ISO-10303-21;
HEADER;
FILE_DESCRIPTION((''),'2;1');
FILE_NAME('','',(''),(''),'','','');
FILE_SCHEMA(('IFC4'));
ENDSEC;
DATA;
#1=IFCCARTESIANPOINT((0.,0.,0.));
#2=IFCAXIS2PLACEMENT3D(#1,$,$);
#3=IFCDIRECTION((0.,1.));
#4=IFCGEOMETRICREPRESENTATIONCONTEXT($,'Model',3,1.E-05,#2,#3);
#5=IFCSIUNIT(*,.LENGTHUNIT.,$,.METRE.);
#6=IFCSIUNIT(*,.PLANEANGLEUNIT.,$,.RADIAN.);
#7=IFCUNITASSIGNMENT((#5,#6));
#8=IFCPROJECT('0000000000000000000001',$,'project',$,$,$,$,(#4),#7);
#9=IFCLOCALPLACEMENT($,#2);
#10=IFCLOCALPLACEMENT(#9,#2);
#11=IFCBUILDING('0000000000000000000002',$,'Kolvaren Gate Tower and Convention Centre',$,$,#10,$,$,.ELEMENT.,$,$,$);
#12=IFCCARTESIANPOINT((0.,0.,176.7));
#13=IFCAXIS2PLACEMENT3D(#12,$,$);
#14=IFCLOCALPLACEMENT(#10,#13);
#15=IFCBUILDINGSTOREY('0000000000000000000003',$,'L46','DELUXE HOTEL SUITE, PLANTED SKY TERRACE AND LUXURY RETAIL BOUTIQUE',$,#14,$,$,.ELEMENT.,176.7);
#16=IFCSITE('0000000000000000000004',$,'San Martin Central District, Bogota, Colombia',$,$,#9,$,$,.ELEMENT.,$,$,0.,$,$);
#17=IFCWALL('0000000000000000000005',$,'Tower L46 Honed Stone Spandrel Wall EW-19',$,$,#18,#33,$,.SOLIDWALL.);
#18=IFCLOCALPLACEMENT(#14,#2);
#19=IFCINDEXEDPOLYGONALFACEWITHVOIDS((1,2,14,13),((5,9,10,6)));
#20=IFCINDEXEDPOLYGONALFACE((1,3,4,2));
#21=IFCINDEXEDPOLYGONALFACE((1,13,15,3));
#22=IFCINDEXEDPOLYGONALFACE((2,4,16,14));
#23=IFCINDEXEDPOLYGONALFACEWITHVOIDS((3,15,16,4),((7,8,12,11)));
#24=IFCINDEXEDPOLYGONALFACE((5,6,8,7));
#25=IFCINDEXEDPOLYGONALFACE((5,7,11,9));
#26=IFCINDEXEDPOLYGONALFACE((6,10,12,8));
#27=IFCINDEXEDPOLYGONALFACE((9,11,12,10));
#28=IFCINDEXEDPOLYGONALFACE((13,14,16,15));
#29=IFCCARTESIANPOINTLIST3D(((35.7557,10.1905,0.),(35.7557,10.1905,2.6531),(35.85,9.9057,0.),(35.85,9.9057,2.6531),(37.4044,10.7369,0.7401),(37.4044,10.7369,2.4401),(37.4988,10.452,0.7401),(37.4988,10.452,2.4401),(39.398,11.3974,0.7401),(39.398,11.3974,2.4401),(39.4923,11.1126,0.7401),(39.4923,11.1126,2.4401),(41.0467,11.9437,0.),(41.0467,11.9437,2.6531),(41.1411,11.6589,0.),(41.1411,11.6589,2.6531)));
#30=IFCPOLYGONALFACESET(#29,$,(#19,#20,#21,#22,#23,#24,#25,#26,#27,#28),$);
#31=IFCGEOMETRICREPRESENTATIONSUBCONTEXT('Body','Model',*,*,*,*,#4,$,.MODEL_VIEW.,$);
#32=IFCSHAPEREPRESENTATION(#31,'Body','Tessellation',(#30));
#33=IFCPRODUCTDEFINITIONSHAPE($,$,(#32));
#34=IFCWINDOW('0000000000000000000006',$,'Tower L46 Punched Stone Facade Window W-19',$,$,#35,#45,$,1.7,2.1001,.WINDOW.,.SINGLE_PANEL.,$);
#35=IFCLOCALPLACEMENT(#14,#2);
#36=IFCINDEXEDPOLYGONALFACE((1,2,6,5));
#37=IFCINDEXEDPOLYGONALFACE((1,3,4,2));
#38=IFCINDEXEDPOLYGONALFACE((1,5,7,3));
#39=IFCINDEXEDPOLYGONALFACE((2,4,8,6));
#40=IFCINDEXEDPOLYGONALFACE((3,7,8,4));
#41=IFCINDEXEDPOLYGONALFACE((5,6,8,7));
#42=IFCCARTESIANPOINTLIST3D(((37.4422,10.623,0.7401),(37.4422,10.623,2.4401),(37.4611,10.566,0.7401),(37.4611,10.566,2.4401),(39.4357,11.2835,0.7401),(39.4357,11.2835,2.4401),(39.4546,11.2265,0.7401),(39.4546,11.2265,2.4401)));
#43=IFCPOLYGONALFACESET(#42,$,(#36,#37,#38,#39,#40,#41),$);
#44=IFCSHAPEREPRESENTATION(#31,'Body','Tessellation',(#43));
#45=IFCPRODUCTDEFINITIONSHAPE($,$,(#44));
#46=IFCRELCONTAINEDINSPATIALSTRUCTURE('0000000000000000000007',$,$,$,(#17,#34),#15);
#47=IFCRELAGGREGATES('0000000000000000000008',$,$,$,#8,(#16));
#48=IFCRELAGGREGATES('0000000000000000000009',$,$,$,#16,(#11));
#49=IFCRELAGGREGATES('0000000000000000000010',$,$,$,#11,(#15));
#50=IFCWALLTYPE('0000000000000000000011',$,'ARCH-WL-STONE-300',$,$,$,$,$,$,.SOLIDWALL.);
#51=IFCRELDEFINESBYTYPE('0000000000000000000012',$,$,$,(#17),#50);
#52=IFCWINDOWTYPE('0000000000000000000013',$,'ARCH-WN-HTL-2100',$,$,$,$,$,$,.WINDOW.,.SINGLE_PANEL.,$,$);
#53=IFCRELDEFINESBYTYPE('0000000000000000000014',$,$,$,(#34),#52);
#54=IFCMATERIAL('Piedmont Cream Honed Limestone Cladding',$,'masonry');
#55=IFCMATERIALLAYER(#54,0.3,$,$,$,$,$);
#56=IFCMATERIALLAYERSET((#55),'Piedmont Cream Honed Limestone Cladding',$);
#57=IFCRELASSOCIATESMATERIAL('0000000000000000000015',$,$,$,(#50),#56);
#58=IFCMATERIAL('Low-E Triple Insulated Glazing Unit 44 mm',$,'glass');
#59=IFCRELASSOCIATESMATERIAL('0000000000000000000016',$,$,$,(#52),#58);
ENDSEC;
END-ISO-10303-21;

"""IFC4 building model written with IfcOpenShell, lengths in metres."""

from ifc_helpers import new_model, si_unit, direction, frame, frame_2d, origin, place, context, subcontext, project, spatial, rectangle, extrude, material, layer, layer_set, type_object, element, fill, save


model = new_model("IFC4")

# Units and contexts
model_context = context("Model", 3, precision=1e-05, world=origin(), true_north=direction((0.0, 1.0)))
body_context = subcontext(model_context, "Body", "Model", "MODEL_VIEW")
ifc_project = project(units=[si_unit("LENGTHUNIT", "METRE"), si_unit("PLANEANGLEUNIT", "RADIAN")], contexts=[model_context])

# Site, building, storey
site_placement = place(None, origin())
site = spatial("IfcSite", under=ifc_project, at=site_placement, Name="San Martin Central District, Bogota, Colombia", CompositionType="ELEMENT", RefElevation=0.0)
building_placement = place(site_placement, origin())
building = spatial("IfcBuilding", under=site, at=building_placement, Name="Kolvaren Gate Tower and Convention Centre", CompositionType="ELEMENT")
storey_placement = place(building_placement, frame((0.0, 0.0, 176.7)))
storey = spatial("IfcBuildingStorey", under=building, at=storey_placement, Name="L46", Description="DELUXE HOTEL SUITE, PLANTED SKY TERRACE AND LUXURY RETAIL BOUTIQUE", CompositionType="ELEMENT", Elevation=176.7)

# Shared definitions
ifc_material_1 = material(Name="Piedmont Cream Honed Limestone Cladding", Category="masonry")

# Shared definitions
ifc_layer_1 = layer(ifc_material_1, 0.3)
ifc_layer_set_1 = layer_set([ifc_layer_1], Name="Piedmont Cream Honed Limestone Cladding")
wall_type_1 = type_object("IfcWallType", Name="ARCH-WL-STONE-300", PredefinedType="SOLIDWALL", material=ifc_layer_set_1)

# Wall, opening, window
wall_1_placement = place(storey_placement, frame((35.8027, 10.0481, 0.0), z_axis=(0.0, 0.0, 1.0), x_axis=(0.949247, 0.314532, 0.0)))
wall_1 = element("IfcWall", 1, at=wall_1_placement, inside=storey, type_object=wall_type_1, Name="Tower L46 Honed Stone Spandrel Wall EW-19", PredefinedType="SOLIDWALL", context=body_context, shape_type="SweptSolid", body=[
    extrude(rectangle(XDim=5.574, YDim=0.3, at=frame_2d((2.7871, 0.0))), origin(), (0.0, 0.0, 1.0), 2.6531),
])
opening_1_placement = place(wall_1_placement, frame((1.7371, 0.0, 0.74)))
opening_1 = element("IfcOpeningElement", 2, at=opening_1_placement, cuts=wall_1, PredefinedType="OPENING", context=body_context, shape_type="SweptSolid", body=[
    extrude(rectangle(XDim=2.1001, YDim=1.7, at=frame_2d((1.05, 0.8501))), frame((0.0, 0.1599, 0.0), z_axis=(0.0, -1.0, 0.0), x_axis=(1.0, 0.0, 0.0)), (0.0, 0.0, 1.0), 0.3201),
])
ifc_material_2 = material(Name="Low-E Triple Insulated Glazing Unit 44 mm", Category="glass")
window_type = type_object("IfcWindowType", Name="ARCH-WN-HTL-2100", PartitioningType="SINGLE_PANEL", PredefinedType="WINDOW", material=ifc_material_2)
window_placement = place(opening_1_placement, origin())
window = element("IfcWindow", 3, at=window_placement, inside=storey, type_object=window_type, Name="Tower L46 Punched Stone Facade Window W-19", OverallHeight=1.7, OverallWidth=2.1001, PartitioningType="SINGLE_PANEL", PredefinedType="WINDOW", context=body_context, shape_type="SweptSolid", body=[
    extrude(rectangle(XDim=2.1001, YDim=1.7, at=frame_2d((1.05, 0.8501))), frame((0.0, 0.03, 0.0), z_axis=(0.0, -1.0, 0.0), x_axis=(1.0, 0.0, 0.0)), (0.0, 0.0, 1.0), 0.0601),
])
fill(opening_1, window)

save(model, "model.ifc")
